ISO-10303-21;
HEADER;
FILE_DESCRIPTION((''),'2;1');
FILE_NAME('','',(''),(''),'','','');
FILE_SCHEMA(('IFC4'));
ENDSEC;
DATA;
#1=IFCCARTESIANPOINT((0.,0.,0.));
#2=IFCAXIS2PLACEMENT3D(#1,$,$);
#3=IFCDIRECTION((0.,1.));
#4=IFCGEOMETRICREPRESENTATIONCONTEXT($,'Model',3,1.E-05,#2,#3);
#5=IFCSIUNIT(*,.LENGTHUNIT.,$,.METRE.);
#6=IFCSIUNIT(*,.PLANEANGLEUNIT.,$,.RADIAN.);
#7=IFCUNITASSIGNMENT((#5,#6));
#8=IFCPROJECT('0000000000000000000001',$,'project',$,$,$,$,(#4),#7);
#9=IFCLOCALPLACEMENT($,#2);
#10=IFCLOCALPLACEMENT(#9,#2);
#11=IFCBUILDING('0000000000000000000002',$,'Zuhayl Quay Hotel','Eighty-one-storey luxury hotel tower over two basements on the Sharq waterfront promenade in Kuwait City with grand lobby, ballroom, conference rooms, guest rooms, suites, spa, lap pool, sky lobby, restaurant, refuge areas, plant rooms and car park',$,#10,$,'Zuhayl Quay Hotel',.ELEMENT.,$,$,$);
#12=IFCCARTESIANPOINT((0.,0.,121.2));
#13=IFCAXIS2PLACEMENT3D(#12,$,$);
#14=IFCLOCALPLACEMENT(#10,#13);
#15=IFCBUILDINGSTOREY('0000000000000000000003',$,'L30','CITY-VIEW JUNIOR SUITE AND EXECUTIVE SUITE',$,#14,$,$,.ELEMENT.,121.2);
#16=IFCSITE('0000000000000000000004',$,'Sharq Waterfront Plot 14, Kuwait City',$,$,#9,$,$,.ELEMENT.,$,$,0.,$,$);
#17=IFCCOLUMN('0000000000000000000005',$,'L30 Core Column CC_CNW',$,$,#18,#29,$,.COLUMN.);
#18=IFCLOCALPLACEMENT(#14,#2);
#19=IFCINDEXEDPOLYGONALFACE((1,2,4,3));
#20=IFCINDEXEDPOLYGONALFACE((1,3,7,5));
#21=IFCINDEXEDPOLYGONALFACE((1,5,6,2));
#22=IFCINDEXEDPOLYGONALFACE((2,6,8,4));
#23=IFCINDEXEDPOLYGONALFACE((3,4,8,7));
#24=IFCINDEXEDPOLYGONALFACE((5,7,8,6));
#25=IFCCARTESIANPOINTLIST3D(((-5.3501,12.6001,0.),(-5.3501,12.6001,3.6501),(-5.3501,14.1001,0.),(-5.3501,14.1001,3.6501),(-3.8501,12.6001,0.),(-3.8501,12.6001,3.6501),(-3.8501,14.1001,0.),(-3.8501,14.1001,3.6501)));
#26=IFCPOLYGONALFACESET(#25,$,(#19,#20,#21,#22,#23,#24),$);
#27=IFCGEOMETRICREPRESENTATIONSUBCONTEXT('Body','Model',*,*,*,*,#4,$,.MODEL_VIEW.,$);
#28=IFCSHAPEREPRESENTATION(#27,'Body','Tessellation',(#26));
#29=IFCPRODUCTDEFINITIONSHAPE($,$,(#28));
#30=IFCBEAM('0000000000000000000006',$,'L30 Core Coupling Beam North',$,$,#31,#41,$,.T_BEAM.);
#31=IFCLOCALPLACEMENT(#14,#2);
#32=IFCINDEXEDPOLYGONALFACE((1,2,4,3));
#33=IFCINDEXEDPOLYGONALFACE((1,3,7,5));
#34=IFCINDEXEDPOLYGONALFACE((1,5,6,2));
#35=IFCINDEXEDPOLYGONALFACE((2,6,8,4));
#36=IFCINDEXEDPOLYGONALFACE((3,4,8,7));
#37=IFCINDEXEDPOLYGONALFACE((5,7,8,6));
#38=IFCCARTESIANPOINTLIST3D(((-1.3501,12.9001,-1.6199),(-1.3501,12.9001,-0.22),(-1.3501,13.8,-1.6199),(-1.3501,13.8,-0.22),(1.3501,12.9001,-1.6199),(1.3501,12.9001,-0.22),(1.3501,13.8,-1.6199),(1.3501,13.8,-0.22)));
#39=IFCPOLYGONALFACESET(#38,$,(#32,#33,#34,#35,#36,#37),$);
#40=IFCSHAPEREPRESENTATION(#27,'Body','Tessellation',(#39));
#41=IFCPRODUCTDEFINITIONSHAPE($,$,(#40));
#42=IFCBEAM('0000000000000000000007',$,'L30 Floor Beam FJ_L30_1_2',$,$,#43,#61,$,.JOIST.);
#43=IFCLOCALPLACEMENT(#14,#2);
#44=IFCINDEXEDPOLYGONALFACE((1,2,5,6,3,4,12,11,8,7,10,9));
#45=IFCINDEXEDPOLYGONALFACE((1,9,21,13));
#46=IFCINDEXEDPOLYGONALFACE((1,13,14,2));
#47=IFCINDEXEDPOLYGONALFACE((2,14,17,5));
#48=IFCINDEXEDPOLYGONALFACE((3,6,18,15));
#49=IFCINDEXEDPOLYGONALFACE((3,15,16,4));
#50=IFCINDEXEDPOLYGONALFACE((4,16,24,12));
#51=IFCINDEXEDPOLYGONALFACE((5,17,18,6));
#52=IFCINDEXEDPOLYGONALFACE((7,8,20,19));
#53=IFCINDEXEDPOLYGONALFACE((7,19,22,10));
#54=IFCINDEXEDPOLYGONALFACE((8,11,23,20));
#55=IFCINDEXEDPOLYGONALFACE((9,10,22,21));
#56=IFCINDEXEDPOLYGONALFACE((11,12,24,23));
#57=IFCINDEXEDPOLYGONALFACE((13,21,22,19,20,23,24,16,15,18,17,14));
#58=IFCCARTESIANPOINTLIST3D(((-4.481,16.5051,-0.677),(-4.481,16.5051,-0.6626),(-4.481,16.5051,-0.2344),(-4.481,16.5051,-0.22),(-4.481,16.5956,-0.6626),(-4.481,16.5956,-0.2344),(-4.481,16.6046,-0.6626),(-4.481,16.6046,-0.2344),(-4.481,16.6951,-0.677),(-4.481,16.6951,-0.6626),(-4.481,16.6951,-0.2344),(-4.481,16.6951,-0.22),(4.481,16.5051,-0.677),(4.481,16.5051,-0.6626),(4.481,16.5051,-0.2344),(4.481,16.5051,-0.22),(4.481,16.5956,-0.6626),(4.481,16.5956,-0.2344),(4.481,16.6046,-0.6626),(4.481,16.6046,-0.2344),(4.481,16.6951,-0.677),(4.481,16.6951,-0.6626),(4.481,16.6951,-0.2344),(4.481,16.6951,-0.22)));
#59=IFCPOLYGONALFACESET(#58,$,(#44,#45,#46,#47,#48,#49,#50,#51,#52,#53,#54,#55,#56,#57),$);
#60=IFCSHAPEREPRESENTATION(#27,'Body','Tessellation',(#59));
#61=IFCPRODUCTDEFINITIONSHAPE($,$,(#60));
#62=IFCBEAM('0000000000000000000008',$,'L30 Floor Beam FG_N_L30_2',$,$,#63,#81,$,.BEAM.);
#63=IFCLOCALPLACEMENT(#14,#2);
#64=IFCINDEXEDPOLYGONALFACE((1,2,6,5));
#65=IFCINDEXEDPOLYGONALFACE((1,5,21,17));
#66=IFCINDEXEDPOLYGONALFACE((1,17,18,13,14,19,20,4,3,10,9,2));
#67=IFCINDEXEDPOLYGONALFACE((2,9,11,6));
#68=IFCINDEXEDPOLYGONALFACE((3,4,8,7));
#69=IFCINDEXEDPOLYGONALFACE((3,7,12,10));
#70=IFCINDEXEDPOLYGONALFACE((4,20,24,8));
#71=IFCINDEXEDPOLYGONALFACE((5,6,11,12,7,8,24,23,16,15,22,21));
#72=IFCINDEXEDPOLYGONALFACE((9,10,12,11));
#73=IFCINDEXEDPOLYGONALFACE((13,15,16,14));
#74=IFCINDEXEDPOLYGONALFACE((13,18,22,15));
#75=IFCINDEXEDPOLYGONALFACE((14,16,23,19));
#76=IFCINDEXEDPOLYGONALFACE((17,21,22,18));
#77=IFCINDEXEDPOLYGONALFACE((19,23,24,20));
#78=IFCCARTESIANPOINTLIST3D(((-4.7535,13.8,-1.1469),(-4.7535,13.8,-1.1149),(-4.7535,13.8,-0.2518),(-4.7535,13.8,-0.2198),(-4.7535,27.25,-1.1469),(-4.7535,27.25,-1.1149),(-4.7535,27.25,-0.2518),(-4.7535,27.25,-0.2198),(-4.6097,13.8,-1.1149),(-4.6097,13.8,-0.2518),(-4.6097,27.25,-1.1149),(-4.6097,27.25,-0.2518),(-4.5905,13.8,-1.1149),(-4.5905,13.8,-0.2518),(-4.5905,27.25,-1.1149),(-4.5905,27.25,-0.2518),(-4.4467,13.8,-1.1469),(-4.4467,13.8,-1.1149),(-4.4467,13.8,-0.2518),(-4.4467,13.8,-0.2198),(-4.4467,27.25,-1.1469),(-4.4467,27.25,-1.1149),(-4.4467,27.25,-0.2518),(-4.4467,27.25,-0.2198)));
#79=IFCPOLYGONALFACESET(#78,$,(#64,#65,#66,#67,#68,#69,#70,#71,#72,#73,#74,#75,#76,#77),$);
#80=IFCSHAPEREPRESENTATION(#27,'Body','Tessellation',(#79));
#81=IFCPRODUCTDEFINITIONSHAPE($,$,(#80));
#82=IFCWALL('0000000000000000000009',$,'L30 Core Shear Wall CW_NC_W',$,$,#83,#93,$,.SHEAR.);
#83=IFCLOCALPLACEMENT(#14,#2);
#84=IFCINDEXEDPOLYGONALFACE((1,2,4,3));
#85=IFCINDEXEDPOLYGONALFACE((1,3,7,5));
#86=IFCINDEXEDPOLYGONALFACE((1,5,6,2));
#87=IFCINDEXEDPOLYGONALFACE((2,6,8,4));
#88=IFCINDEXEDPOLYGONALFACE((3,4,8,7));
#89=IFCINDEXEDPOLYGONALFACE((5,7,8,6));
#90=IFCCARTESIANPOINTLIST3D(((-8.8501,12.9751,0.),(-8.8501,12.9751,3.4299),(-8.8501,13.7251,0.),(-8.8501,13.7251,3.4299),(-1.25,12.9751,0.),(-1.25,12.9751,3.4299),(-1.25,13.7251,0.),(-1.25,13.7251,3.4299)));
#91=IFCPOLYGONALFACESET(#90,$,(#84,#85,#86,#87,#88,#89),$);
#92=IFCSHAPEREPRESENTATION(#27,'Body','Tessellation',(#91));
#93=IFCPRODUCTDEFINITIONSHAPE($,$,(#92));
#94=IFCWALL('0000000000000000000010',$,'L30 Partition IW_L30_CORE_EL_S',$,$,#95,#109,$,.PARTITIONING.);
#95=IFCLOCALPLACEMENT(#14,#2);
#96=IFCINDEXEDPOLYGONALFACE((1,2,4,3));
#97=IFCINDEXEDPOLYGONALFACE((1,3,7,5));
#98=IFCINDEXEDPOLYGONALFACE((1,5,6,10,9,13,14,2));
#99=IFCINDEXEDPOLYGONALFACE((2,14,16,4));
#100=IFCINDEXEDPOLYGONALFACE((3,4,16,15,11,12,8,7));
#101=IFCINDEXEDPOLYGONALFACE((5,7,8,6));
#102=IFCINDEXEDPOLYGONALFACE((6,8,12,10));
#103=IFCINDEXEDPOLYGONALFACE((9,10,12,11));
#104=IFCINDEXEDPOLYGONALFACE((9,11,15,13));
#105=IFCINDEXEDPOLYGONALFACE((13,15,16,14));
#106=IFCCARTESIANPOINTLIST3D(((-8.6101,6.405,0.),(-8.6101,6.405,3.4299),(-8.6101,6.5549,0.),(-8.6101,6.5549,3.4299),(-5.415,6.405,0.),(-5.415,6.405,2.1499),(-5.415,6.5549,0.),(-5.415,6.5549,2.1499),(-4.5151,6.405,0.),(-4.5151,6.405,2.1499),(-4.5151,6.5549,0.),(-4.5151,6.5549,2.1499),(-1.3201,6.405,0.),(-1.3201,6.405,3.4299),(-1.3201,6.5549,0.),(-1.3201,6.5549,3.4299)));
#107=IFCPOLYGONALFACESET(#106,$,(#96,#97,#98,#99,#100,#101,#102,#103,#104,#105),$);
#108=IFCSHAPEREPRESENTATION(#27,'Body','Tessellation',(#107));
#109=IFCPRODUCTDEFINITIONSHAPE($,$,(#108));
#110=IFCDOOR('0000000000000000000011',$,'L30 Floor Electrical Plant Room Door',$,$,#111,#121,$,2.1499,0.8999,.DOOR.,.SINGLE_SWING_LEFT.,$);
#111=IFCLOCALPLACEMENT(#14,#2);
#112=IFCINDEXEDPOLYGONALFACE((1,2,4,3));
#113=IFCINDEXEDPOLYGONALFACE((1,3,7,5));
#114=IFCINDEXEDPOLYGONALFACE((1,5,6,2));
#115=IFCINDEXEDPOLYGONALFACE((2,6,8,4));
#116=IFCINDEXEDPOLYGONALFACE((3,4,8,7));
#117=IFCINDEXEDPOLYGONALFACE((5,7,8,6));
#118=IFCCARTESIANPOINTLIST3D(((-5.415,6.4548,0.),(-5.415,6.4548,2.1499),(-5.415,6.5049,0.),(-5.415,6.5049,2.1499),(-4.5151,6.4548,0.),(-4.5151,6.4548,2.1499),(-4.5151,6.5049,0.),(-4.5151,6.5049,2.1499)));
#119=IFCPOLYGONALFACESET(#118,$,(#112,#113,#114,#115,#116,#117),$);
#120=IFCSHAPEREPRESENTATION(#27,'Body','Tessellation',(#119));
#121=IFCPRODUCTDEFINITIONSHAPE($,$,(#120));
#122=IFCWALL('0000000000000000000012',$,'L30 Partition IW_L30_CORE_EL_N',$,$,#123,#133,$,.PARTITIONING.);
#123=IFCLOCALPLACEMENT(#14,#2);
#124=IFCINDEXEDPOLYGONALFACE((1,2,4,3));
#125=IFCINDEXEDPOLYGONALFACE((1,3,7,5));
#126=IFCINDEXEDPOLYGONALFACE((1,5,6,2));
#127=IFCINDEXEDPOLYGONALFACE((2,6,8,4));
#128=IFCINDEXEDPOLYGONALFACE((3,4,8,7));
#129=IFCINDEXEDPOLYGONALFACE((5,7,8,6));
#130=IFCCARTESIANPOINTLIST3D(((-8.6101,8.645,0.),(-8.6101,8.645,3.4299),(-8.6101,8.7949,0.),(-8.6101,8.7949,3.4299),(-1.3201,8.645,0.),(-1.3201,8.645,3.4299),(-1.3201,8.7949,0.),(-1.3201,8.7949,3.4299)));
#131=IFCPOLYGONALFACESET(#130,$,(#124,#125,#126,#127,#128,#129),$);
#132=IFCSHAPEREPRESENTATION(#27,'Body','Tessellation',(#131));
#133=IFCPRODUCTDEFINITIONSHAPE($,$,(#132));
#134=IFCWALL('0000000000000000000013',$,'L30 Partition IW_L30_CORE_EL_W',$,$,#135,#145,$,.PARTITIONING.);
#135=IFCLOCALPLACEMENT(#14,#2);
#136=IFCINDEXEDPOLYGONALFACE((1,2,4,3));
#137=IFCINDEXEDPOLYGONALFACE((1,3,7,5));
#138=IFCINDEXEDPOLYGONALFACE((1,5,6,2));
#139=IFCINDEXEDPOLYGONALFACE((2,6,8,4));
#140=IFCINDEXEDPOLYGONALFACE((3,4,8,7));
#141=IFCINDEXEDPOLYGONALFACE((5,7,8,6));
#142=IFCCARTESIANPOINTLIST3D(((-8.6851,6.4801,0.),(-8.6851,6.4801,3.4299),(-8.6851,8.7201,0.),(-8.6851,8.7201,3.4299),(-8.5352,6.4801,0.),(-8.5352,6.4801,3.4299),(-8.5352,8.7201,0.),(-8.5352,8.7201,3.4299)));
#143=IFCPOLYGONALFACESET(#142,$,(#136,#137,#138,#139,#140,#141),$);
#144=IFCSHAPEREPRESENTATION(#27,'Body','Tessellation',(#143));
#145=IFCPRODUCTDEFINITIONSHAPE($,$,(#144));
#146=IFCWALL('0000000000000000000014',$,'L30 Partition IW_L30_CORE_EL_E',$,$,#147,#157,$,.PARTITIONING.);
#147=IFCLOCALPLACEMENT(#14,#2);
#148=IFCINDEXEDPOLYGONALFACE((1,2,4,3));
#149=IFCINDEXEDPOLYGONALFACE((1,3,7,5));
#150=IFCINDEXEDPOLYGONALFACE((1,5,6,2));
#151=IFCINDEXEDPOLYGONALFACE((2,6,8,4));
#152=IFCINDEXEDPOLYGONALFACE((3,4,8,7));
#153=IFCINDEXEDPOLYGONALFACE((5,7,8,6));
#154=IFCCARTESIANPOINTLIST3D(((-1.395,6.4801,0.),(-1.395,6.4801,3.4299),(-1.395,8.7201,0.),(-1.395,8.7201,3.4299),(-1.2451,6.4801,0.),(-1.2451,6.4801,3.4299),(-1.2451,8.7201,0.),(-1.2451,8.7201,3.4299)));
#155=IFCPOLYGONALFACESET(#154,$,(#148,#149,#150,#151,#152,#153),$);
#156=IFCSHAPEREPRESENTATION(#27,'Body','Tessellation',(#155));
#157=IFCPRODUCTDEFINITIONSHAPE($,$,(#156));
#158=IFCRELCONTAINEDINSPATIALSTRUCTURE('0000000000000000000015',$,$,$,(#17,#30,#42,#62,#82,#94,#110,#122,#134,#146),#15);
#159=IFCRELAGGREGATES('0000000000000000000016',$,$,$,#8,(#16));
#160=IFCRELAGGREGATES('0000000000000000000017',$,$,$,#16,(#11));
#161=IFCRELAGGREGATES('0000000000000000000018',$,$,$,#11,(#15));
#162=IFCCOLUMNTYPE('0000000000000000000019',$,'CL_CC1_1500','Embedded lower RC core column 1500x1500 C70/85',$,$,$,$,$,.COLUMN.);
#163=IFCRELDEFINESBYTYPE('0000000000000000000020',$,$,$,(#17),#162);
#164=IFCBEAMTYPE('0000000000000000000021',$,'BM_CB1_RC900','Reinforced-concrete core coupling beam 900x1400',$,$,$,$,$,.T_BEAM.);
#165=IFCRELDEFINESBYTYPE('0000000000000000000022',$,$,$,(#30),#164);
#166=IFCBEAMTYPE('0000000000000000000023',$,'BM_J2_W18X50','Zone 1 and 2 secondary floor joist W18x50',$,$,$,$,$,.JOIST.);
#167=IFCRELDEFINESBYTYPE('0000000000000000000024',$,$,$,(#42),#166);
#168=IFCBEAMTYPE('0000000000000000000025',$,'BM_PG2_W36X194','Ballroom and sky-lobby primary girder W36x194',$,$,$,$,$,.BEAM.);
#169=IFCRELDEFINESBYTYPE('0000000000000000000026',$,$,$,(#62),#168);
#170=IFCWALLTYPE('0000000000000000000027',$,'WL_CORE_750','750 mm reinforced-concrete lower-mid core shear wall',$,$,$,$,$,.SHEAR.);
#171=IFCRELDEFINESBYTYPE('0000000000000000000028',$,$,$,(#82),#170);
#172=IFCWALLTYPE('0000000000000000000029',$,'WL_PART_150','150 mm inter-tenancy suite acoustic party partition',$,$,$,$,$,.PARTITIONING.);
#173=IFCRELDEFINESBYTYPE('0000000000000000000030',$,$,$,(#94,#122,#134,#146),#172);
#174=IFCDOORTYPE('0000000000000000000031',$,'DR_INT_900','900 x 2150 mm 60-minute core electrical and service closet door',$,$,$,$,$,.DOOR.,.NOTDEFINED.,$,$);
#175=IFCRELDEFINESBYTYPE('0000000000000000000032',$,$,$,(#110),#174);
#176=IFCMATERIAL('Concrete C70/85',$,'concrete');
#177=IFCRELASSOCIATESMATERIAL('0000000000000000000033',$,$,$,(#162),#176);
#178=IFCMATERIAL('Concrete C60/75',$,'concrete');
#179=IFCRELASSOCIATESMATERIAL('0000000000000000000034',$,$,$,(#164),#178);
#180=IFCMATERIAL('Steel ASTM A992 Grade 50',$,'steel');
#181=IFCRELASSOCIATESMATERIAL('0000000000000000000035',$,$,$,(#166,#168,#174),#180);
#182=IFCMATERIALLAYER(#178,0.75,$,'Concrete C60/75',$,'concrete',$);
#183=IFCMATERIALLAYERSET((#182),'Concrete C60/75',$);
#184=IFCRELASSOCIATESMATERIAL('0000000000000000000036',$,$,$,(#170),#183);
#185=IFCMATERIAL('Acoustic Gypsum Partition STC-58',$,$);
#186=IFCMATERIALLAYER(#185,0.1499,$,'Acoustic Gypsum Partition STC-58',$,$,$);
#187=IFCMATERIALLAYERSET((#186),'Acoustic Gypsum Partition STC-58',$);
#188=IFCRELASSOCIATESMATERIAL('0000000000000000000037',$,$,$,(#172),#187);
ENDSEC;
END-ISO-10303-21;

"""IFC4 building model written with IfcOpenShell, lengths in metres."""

from ifc_helpers import new_model, si_unit, direction, frame, frame_2d, origin, origin_2d, place, context, subcontext, project, spatial, rectangle, i_section, extrude, material, layer, layer_set, material_profile, profile_set, type_object, element, fill, save


model = new_model("IFC4")

# Units and contexts
model_context = context("Model", 3, precision=1e-05, world=origin(), true_north=direction((0.0, 1.0)))
body_context = subcontext(model_context, "Body", "Model", "MODEL_VIEW")
ifc_project = project(units=[si_unit("LENGTHUNIT", "METRE"), si_unit("PLANEANGLEUNIT", "RADIAN")], contexts=[model_context])

# Site, building, storey
site_placement = place(None, origin())
site = spatial("IfcSite", under=ifc_project, at=site_placement, Name="Sharq Waterfront Plot 14, Kuwait City", CompositionType="ELEMENT", RefElevation=0.0)
building_placement = place(site_placement, origin())
building = spatial("IfcBuilding", under=site, at=building_placement, Name="Zuhayl Quay Hotel", Description="Eighty-one-storey luxury hotel tower over two basements on the Sharq waterfront promenade in Kuwait City with grand lobby, ballroom, conference rooms, guest rooms, suites, spa, lap pool, sky lobby, restaurant, refuge areas, plant rooms and car park", LongName="Zuhayl Quay Hotel", CompositionType="ELEMENT")
storey_placement = place(building_placement, frame((0.0, 0.0, 121.2)))
storey = spatial("IfcBuildingStorey", under=building, at=storey_placement, Name="L30", Description="CITY-VIEW JUNIOR SUITE AND EXECUTIVE SUITE", CompositionType="ELEMENT", Elevation=121.2)

# Column
ifc_material_1 = material(Name="Concrete C70/85", Category="concrete")
ifc_material_profile_1 = material_profile(ifc_material_1, rectangle(XDim=1.5, YDim=1.5, at=origin_2d()), Name="RC1500X1500")
ifc_profile_set_1 = profile_set([ifc_material_profile_1], Name="Concrete C70/85")
column_type = type_object("IfcColumnType", Name="CL_CC1_1500", Description="Embedded lower RC core column 1500x1500 C70/85", PredefinedType="COLUMN", material=ifc_profile_set_1)
column_placement = place(storey_placement, frame((-4.6001, 13.3501, 0.0), z_axis=(0.0, 0.0, 1.0), x_axis=(1.0, 0.0, 0.0)))
element("IfcColumn", 1, at=column_placement, inside=storey, type_object=column_type, Name="L30 Core Column CC_CNW", PredefinedType="COLUMN", context=body_context, shape_type="SweptSolid", body=[
    extrude(rectangle(XDim=1.5, YDim=1.5, at=origin_2d()), origin(), (0.0, 0.0, 1.0), 3.6501),
])

# Beams
ifc_material_2 = material(Name="Concrete C60/75", Category="concrete")
ifc_material_profile_2 = material_profile(ifc_material_2, rectangle(XDim=0.8999, YDim=1.3999, at=origin_2d()), Name="RC900X1400")
ifc_profile_set_2 = profile_set([ifc_material_profile_2], Name="Concrete C60/75")
beam_type_1 = type_object("IfcBeamType", Name="BM_CB1_RC900", Description="Reinforced-concrete core coupling beam 900x1400", PredefinedType="T_BEAM", material=ifc_profile_set_2)
beam_1_placement = place(storey_placement, frame((-1.3501, 13.3501, -0.9199), z_axis=(1.0, 0.0, 0.0), x_axis=(0.0, 1.0, 0.0)))
element("IfcBeam", 2, at=beam_1_placement, inside=storey, type_object=beam_type_1, Name="L30 Core Coupling Beam North", PredefinedType="T_BEAM", context=body_context, shape_type="SweptSolid", body=[
    extrude(rectangle(XDim=0.8999, YDim=1.3999, at=origin_2d()), origin(), (0.0, 0.0, 1.0), 2.7002),
])
ifc_material_3 = material(Name="Steel ASTM A992 Grade 50", Category="steel")
ifc_material_profile_3 = material_profile(ifc_material_3, i_section(OverallWidth=0.1899, OverallDepth=0.457, WebThickness=0.009, FlangeThickness=0.0144, at=origin_2d()), Name="W18X50")
ifc_profile_set_3 = profile_set([ifc_material_profile_3], Name="Steel ASTM A992 Grade 50")
beam_type_2 = type_object("IfcBeamType", Name="BM_J2_W18X50", Description="Zone 1 and 2 secondary floor joist W18x50", PredefinedType="JOIST", material=ifc_profile_set_3)
beam_2_placement = place(storey_placement, frame((-4.481, 16.6001, -0.4485), z_axis=(1.0, 0.0, 0.0), x_axis=(0.0, 1.0, 0.0)))
element("IfcBeam", 3, at=beam_2_placement, inside=storey, type_object=beam_type_2, Name="L30 Floor Beam FJ_L30_1_2", PredefinedType="JOIST", context=body_context, shape_type="SweptSolid", body=[
    extrude(i_section(OverallWidth=0.1899, OverallDepth=0.457, WebThickness=0.009, FlangeThickness=0.0144, at=origin_2d()), origin(), (0.0, 0.0, 1.0), 8.9619),
])
ifc_material_profile_4 = material_profile(ifc_material_3, i_section(OverallWidth=0.3069, OverallDepth=0.927, WebThickness=0.0193, FlangeThickness=0.032, at=origin_2d()), Name="W36X194")
ifc_profile_set_4 = profile_set([ifc_material_profile_4], Name="Steel ASTM A992 Grade 50")
beam_type_3 = type_object("IfcBeamType", Name="BM_PG2_W36X194", Description="Ballroom and sky-lobby primary girder W36x194", PredefinedType="BEAM", material=ifc_profile_set_4)
beam_3_placement = place(storey_placement, frame((-4.6001, 13.8, -0.6833), z_axis=(0.0, 1.0, 0.0), x_axis=(-1.0, 0.0, 0.0)))
element("IfcBeam", 4, at=beam_3_placement, inside=storey, type_object=beam_type_3, Name="L30 Floor Beam FG_N_L30_2", PredefinedType="BEAM", context=body_context, shape_type="SweptSolid", body=[
    extrude(i_section(OverallWidth=0.3069, OverallDepth=0.927, WebThickness=0.0193, FlangeThickness=0.032, at=origin_2d()), origin(), (0.0, 0.0, 1.0), 13.45),
])

# Wall
ifc_layer_1 = layer(ifc_material_2, 0.75, Name="Concrete C60/75", Category="concrete")
ifc_layer_set_1 = layer_set([ifc_layer_1], Name="Concrete C60/75")
wall_type_1 = type_object("IfcWallType", Name="WL_CORE_750", Description="750 mm reinforced-concrete lower-mid core shear wall", PredefinedType="SHEAR", material=ifc_layer_set_1)
wall_1_placement = place(storey_placement, frame((-8.8501, 13.3501, 0.0), z_axis=(0.0, 0.0, 1.0), x_axis=(1.0, 0.0, 0.0)))
element("IfcWall", 5, at=wall_1_placement, inside=storey, type_object=wall_type_1, Name="L30 Core Shear Wall CW_NC_W", PredefinedType="SHEAR", context=body_context, shape_type="SweptSolid", body=[
    extrude(rectangle(XDim=7.6001, YDim=0.75, at=frame_2d((3.8, 0.0))), origin(), (0.0, 0.0, 1.0), 3.4299),
])

# Wall, opening, door
ifc_material_4 = material(Name="Acoustic Gypsum Partition STC-58")
ifc_layer_2 = layer(ifc_material_4, 0.1499, Name="Acoustic Gypsum Partition STC-58")
ifc_layer_set_2 = layer_set([ifc_layer_2], Name="Acoustic Gypsum Partition STC-58")
wall_type_2 = type_object("IfcWallType", Name="WL_PART_150", Description="150 mm inter-tenancy suite acoustic party partition", PredefinedType="PARTITIONING", material=ifc_layer_set_2)
wall_2_placement = place(storey_placement, frame((-8.6101, 6.48, 0.0), z_axis=(0.0, 0.0, 1.0), x_axis=(1.0, 0.0, 0.0)))
wall_2 = element("IfcWall", 6, at=wall_2_placement, inside=storey, type_object=wall_type_2, Name="L30 Partition IW_L30_CORE_EL_S", PredefinedType="PARTITIONING", context=body_context, shape_type="SweptSolid", body=[
    extrude(rectangle(XDim=7.29, YDim=0.1499, at=frame_2d((3.645, 0.0))), origin(), (0.0, 0.0, 1.0), 3.4299),
])
opening_1_placement = place(wall_2_placement, frame((3.1951, 0.0, 0.0)))
opening_1 = element("IfcOpeningElement", 7, at=opening_1_placement, cuts=wall_2, PredefinedType="OPENING", context=body_context, shape_type="SweptSolid", body=[
    extrude(rectangle(XDim=0.8999, YDim=2.1499, at=frame_2d((0.45, 1.075))), frame((0.0, 0.085, 0.0), z_axis=(0.0, -1.0, 0.0), x_axis=(1.0, 0.0, 0.0)), (0.0, 0.0, 1.0), 0.1699),
])
door_type_1 = type_object("IfcDoorType", Name="DR_INT_900", Description="900 x 2150 mm 60-minute core electrical and service closet door", OperationType="NOTDEFINED", PredefinedType="DOOR", material=ifc_material_3)
door_1_placement = place(opening_1_placement, origin())
door_1 = element("IfcDoor", 8, at=door_1_placement, inside=storey, type_object=door_type_1, Name="L30 Floor Electrical Plant Room Door", OperationType="SINGLE_SWING_LEFT", OverallHeight=2.1499, OverallWidth=0.8999, PredefinedType="DOOR", context=body_context, shape_type="SweptSolid", body=[
    extrude(rectangle(XDim=0.8999, YDim=2.1499, at=frame_2d((0.45, 1.075))), frame((0.0, 0.0249, 0.0), z_axis=(0.0, -1.0, 0.0), x_axis=(1.0, 0.0, 0.0)), (0.0, 0.0, 1.0), 0.05),
])
fill(opening_1, door_1)

# Walls
wall_3_placement = place(storey_placement, frame((-8.6101, 8.72, 0.0), z_axis=(0.0, 0.0, 1.0), x_axis=(1.0, 0.0, 0.0)))
element("IfcWall", 9, at=wall_3_placement, inside=storey, type_object=wall_type_2, Name="L30 Partition IW_L30_CORE_EL_N", PredefinedType="PARTITIONING", context=body_context, shape_type="SweptSolid", body=[
    extrude(rectangle(XDim=7.29, YDim=0.1499, at=frame_2d((3.645, 0.0))), origin(), (0.0, 0.0, 1.0), 3.4299),
])
for number, where, z_axis, x_axis, name in (
    (10, (-8.6101, 6.48, 0.0), (0.0, 0.0, 1.0), (0.0, 1.0, 0.0), "L30 Partition IW_L30_CORE_EL_W"),
    (11, (-1.3201, 6.48, 0.0), (0.0, 0.0, 1.0), (0.0, 1.0, 0.0), "L30 Partition IW_L30_CORE_EL_E"),
):
    element("IfcWall", number, at=place(storey_placement, frame(where, z_axis=z_axis, x_axis=x_axis)), inside=storey, type_object=wall_type_2, Name=name, PredefinedType="PARTITIONING", context=body_context, shape_type="SweptSolid", body=[
        extrude(rectangle(XDim=2.24, YDim=0.1499, at=frame_2d((1.1201, 0.0))), origin(), (0.0, 0.0, 1.0), 3.4299),
    ])

save(model, "model.ifc")
